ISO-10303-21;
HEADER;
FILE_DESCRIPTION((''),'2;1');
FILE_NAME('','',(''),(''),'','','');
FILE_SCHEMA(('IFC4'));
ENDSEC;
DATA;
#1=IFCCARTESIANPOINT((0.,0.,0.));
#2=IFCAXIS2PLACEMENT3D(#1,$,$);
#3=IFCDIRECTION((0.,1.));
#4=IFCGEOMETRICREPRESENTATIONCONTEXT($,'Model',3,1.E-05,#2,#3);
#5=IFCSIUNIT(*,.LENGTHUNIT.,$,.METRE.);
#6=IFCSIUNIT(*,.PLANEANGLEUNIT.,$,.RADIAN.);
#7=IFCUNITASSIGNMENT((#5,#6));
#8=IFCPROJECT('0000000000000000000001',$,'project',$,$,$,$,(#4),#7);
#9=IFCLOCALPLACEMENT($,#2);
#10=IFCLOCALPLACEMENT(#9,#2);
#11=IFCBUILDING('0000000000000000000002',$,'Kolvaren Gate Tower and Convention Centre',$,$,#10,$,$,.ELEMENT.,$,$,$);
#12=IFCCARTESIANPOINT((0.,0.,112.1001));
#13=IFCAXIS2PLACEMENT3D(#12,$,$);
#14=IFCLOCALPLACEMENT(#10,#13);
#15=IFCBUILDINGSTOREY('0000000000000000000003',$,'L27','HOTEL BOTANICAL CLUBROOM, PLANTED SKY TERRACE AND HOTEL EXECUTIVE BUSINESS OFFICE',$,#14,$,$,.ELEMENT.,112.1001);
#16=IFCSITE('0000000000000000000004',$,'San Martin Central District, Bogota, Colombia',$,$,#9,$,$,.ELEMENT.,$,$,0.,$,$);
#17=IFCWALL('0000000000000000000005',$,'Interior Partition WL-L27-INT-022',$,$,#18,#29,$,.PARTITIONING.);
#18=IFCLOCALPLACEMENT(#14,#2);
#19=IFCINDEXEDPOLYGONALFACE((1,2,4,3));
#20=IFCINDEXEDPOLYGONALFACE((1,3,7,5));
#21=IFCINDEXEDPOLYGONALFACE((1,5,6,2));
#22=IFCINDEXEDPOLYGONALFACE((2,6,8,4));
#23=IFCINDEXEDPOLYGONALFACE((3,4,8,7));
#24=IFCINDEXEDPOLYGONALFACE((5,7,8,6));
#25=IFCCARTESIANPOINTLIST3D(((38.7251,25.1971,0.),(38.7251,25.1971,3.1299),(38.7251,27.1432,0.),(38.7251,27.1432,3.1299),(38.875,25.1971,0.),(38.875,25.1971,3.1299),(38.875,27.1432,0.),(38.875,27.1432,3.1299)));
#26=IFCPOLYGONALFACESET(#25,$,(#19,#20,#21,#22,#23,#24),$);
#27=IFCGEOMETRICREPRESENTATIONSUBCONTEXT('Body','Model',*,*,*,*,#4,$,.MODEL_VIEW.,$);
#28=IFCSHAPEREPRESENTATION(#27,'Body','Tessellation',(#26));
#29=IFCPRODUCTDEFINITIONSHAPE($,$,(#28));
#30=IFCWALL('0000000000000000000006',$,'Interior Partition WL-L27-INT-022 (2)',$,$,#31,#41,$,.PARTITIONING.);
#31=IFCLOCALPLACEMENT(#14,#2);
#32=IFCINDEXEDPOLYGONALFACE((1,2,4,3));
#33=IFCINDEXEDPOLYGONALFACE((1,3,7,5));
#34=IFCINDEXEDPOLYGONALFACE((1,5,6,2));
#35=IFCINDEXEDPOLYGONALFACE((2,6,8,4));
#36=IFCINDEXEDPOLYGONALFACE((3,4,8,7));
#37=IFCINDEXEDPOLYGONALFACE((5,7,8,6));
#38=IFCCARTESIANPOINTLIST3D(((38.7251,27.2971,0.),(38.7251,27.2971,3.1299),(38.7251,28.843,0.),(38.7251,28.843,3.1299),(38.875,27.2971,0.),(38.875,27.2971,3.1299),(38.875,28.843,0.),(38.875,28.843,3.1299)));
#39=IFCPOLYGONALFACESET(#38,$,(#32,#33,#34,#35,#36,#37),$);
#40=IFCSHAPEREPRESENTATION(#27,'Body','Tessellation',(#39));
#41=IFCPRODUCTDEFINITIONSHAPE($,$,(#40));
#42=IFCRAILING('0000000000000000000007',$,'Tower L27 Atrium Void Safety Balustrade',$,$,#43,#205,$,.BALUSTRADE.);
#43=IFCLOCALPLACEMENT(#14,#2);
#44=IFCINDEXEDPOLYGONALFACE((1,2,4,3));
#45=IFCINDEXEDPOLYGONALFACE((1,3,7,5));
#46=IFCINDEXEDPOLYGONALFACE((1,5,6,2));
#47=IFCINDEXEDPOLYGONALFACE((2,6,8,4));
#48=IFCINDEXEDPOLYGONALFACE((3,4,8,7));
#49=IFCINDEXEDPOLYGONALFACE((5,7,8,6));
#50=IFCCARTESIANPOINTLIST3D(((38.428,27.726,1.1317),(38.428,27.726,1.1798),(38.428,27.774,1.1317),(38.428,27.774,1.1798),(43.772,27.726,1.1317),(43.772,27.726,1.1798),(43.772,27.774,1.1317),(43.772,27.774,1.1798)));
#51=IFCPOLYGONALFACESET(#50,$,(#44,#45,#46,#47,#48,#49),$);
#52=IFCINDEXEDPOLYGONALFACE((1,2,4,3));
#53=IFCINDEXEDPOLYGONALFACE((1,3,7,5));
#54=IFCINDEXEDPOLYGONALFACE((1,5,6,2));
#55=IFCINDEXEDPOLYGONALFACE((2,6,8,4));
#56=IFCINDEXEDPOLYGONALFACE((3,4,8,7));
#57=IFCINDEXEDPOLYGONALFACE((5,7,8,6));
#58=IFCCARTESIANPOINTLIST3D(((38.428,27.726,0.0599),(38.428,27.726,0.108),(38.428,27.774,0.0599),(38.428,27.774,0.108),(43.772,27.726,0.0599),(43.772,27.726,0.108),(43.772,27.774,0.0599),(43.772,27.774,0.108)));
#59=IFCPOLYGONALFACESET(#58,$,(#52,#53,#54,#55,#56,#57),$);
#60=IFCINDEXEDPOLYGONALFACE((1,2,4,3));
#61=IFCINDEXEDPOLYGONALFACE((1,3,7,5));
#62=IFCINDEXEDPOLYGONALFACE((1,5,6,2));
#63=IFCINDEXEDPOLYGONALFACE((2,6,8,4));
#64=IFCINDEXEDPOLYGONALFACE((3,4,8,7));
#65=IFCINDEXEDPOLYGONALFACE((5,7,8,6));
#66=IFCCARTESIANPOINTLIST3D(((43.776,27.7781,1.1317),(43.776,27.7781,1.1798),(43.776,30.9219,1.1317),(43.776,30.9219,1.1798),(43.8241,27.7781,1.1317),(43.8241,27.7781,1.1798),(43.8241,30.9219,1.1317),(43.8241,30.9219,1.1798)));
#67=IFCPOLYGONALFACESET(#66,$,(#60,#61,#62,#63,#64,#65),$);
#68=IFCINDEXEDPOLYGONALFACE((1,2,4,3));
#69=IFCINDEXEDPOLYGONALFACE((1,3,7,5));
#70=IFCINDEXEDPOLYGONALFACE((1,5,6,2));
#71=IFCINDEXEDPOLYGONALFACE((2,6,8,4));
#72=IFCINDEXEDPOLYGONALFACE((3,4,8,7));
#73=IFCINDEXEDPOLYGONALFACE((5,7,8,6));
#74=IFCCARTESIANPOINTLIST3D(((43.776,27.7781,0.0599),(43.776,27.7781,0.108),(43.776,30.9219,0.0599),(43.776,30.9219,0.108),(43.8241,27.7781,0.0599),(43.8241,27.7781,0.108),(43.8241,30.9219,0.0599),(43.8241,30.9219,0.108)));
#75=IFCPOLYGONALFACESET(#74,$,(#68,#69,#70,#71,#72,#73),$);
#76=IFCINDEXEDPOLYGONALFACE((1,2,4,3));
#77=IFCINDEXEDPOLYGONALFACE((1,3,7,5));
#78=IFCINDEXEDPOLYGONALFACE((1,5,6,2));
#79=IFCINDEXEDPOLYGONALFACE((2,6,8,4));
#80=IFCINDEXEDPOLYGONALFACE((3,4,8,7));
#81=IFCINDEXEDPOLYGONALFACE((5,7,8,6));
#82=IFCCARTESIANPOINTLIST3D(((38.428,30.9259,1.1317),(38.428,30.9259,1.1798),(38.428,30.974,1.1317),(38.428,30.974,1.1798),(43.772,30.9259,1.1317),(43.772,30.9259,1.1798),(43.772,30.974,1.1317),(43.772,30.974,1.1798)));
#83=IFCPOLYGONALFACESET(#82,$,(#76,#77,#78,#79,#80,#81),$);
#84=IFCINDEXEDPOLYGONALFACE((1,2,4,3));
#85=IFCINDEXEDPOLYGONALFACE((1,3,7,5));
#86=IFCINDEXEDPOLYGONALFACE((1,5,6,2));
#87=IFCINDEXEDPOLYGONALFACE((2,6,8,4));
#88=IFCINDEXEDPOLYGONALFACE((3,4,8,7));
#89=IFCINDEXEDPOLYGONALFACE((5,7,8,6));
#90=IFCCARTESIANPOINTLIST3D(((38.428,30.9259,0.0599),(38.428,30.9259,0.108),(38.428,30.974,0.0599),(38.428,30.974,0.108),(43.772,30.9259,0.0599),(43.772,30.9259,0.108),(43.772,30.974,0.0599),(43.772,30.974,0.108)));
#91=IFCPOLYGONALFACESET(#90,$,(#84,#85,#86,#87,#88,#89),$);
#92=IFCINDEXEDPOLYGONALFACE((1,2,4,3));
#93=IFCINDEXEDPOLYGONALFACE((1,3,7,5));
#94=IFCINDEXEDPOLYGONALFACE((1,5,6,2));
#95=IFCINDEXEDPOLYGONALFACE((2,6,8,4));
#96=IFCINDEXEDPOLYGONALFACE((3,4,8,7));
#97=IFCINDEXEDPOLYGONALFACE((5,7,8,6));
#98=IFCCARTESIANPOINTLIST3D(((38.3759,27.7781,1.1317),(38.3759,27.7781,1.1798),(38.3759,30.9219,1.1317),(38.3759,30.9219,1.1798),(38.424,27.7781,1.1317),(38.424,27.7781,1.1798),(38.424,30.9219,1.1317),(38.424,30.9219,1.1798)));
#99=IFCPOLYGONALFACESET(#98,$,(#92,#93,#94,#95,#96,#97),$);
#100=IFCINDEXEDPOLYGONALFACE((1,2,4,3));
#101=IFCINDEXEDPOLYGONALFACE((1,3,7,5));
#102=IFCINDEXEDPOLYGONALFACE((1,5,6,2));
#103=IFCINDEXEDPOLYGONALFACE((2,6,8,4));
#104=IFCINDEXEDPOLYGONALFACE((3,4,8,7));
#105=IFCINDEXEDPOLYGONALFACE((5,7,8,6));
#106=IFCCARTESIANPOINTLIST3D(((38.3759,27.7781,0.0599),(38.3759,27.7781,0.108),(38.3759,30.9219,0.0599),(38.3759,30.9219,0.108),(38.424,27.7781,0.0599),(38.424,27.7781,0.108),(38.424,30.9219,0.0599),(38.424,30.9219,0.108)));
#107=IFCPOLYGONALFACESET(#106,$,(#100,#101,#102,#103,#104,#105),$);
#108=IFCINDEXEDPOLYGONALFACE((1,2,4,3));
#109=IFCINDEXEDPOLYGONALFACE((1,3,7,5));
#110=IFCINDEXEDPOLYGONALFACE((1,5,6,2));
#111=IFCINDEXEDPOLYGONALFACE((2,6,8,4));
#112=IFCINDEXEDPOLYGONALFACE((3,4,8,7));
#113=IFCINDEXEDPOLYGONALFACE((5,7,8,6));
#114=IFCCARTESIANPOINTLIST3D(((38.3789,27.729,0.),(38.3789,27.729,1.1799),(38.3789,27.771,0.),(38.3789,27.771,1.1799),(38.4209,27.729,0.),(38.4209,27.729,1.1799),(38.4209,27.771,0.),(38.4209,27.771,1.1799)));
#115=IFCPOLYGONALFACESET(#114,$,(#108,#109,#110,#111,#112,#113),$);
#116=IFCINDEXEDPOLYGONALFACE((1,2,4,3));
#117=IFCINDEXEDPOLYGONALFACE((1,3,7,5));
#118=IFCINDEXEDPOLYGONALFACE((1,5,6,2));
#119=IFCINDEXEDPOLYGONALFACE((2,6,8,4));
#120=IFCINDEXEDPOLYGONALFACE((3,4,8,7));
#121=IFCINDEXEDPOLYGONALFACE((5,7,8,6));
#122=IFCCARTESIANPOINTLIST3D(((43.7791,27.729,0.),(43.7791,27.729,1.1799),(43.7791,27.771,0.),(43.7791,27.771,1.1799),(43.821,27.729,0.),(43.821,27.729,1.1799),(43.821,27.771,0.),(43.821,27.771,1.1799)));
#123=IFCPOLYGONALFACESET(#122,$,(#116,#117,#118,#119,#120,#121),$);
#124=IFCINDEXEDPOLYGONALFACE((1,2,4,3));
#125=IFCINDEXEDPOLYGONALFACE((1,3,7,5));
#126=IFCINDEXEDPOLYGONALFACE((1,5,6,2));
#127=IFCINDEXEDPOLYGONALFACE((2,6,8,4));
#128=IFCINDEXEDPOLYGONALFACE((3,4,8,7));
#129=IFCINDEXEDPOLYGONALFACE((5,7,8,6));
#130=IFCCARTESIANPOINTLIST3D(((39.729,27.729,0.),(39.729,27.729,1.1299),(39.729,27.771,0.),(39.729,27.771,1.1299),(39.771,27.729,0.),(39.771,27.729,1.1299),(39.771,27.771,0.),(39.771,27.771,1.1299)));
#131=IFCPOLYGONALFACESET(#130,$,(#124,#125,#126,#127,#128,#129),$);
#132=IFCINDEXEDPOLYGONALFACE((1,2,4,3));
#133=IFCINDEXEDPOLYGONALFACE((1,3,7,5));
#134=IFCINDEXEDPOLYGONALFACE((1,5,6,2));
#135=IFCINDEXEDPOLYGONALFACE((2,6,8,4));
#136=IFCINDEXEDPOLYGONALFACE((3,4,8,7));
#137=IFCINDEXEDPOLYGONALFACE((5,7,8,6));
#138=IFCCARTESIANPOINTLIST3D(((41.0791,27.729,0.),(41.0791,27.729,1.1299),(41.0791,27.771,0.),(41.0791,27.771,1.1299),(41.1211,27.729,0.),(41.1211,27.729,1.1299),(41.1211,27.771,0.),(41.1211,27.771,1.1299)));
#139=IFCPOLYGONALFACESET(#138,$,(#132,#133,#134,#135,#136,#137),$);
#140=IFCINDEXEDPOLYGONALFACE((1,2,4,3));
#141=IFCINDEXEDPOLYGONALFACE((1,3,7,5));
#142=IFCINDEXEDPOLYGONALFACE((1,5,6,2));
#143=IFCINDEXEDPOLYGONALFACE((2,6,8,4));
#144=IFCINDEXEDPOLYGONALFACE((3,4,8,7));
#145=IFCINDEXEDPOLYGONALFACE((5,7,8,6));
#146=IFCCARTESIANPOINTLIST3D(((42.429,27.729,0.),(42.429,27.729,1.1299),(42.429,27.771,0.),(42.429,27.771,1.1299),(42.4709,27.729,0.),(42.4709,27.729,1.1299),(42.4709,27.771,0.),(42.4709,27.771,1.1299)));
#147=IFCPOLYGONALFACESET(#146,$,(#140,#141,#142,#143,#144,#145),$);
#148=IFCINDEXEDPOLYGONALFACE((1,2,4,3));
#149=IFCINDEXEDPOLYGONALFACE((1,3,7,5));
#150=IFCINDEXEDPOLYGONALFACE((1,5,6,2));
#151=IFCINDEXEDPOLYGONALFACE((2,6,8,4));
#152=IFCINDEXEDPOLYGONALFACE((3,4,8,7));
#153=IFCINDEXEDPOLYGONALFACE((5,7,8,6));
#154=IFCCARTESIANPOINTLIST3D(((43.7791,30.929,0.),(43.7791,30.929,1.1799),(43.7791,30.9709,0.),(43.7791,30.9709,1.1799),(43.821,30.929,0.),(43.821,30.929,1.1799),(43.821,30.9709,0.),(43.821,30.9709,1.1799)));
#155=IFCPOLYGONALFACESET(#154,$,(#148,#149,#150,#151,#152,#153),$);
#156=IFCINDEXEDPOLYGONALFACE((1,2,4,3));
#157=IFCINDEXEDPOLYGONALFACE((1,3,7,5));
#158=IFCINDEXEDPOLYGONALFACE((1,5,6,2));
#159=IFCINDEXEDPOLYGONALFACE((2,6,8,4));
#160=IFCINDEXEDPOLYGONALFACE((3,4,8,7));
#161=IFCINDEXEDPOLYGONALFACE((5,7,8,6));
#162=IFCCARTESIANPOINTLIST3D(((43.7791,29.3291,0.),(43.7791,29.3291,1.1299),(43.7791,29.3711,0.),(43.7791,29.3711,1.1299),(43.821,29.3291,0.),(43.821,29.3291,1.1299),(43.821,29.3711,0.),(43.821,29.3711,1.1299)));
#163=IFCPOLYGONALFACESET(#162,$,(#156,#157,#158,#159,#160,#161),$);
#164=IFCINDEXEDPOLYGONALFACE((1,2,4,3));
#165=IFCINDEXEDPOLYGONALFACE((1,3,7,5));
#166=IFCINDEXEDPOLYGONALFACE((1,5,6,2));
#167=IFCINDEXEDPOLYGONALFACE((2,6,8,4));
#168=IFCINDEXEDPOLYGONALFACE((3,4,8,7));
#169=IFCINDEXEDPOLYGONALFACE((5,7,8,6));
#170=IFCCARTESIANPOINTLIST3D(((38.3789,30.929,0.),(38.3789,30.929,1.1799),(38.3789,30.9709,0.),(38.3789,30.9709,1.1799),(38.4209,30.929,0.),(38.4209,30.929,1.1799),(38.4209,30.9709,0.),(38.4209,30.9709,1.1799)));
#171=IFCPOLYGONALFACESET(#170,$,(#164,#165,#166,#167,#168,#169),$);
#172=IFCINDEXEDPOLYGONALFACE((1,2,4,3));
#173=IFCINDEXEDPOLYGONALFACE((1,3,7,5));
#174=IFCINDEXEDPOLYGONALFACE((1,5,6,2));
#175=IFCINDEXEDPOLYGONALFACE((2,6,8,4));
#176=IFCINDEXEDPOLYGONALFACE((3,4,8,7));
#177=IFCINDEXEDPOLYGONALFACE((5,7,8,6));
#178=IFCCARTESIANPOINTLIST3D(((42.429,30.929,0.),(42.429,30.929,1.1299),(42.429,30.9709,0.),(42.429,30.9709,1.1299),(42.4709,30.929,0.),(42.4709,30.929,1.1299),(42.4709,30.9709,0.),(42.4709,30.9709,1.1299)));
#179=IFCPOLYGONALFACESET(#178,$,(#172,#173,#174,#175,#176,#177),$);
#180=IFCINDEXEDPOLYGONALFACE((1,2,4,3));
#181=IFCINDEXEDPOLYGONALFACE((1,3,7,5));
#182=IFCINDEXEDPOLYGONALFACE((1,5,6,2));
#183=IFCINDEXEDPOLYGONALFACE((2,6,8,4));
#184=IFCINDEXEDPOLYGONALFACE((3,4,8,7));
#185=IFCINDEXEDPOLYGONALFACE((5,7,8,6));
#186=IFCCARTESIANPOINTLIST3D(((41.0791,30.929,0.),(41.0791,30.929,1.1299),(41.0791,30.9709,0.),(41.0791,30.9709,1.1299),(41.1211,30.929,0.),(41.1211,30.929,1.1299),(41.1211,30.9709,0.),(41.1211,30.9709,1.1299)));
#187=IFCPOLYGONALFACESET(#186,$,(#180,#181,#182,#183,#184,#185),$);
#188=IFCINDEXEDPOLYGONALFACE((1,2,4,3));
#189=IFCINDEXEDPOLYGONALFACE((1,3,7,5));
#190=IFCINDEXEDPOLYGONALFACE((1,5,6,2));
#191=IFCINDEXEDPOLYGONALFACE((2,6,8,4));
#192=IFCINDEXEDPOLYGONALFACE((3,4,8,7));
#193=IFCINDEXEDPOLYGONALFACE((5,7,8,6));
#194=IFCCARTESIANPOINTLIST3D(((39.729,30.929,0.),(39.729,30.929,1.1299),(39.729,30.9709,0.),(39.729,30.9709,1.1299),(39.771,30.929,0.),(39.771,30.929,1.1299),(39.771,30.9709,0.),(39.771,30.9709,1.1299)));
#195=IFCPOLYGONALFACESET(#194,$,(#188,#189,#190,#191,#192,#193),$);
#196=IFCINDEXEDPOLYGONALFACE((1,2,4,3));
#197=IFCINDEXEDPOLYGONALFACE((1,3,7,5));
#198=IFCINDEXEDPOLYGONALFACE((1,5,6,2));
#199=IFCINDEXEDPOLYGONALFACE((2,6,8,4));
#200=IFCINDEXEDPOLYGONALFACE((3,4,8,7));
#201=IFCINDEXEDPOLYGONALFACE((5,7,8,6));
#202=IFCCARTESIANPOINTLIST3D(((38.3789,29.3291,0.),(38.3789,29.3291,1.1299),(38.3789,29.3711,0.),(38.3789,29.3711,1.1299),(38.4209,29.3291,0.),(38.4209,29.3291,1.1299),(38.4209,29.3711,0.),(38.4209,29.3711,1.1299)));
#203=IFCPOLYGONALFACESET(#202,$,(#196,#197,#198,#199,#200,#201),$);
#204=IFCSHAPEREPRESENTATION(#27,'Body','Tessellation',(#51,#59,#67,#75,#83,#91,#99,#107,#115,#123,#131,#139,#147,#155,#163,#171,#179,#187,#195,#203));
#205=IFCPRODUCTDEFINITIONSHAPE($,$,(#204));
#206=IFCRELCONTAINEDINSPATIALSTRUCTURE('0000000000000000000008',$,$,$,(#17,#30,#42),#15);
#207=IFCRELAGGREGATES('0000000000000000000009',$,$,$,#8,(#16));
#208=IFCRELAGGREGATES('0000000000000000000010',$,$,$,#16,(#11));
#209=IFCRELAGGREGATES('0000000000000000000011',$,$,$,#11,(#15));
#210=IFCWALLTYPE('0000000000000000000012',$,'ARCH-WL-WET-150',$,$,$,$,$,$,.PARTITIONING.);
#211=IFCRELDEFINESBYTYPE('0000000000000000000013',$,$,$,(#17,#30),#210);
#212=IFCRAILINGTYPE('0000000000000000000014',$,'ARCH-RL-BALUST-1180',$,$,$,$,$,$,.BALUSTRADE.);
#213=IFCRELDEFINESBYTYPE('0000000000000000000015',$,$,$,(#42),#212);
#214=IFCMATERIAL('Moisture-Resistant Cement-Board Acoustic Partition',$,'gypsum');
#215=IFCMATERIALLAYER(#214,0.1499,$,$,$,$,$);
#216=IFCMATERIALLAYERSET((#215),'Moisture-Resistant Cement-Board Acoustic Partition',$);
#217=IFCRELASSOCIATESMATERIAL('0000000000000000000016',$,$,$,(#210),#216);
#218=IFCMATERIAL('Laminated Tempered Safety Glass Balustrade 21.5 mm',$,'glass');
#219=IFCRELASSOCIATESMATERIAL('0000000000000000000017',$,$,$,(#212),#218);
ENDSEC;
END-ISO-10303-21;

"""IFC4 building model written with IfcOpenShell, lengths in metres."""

from ifc_helpers import new_model, si_unit, direction, frame, frame_2d, origin, origin_2d, place, context, subcontext, project, spatial, rectangle, extrude, material, layer, layer_set, type_object, element, save


model = new_model("IFC4")

# Units and contexts
model_context = context("Model", 3, precision=1e-05, world=origin(), true_north=direction((0.0, 1.0)))
body_context = subcontext(model_context, "Body", "Model", "MODEL_VIEW")
ifc_project = project(units=[si_unit("LENGTHUNIT", "METRE"), si_unit("PLANEANGLEUNIT", "RADIAN")], contexts=[model_context])

# Site, building, storey
site_placement = place(None, origin())
site = spatial("IfcSite", under=ifc_project, at=site_placement, Name="San Martin Central District, Bogota, Colombia", CompositionType="ELEMENT", RefElevation=0.0)
building_placement = place(site_placement, origin())
building = spatial("IfcBuilding", under=site, at=building_placement, Name="Kolvaren Gate Tower and Convention Centre", CompositionType="ELEMENT")
storey_placement = place(building_placement, frame((0.0, 0.0, 112.1001)))
storey = spatial("IfcBuildingStorey", under=building, at=storey_placement, Name="L27", Description="HOTEL BOTANICAL CLUBROOM, PLANTED SKY TERRACE AND HOTEL EXECUTIVE BUSINESS OFFICE", CompositionType="ELEMENT", Elevation=112.1001)

# Shared definitions
ifc_material_1 = material(Name="Moisture-Resistant Cement-Board Acoustic Partition", Category="gypsum")
ifc_layer_1 = layer(ifc_material_1, 0.1499)
ifc_layer_set_1 = layer_set([ifc_layer_1], Name="Moisture-Resistant Cement-Board Acoustic Partition")
wall_type_1 = type_object("IfcWallType", Name="ARCH-WL-WET-150", PredefinedType="PARTITIONING", material=ifc_layer_set_1)

# Walls
wall_1_placement = place(storey_placement, frame((38.8, 25.197, 0.0), z_axis=(0.0, 0.0, 1.0), x_axis=(0.0, 1.0, 0.0)))
element("IfcWall", 1, at=wall_1_placement, inside=storey, type_object=wall_type_1, Name="Interior Partition WL-L27-INT-022", PredefinedType="PARTITIONING", context=body_context, shape_type="SweptSolid", body=[
    extrude(rectangle(XDim=1.946, YDim=0.1499, at=frame_2d((0.9731, 0.0))), origin(), (0.0, 0.0, 1.0), 3.1299),
])
wall_2_placement = place(storey_placement, frame((38.8, 27.2971, 0.0), z_axis=(0.0, 0.0, 1.0), x_axis=(0.0, 1.0, 0.0)))
element("IfcWall", 2, at=wall_2_placement, inside=storey, type_object=wall_type_1, Name="Interior Partition WL-L27-INT-022 (2)", PredefinedType="PARTITIONING", context=body_context, shape_type="SweptSolid", body=[
    extrude(rectangle(XDim=1.5459, YDim=0.1499, at=frame_2d((0.7729, 0.0))), origin(), (0.0, 0.0, 1.0), 3.1299),
])

# Railing
ifc_material_2 = material(Name="Laminated Tempered Safety Glass Balustrade 21.5 mm", Category="glass")
railing_type = type_object("IfcRailingType", Name="ARCH-RL-BALUST-1180", PredefinedType="BALUSTRADE", material=ifc_material_2)
railing_placement = place(storey_placement, frame((38.3999, 27.75, 0.0)))
element("IfcRailing", 3, at=railing_placement, inside=storey, type_object=railing_type, Name="Tower L27 Atrium Void Safety Balustrade", PredefinedType="BALUSTRADE", context=body_context, shape_type="SweptSolid", body=[
    extrude(rectangle(XDim=0.0481, YDim=0.0481, at=origin_2d()), frame((0.0281, 0.0, 1.1558), z_axis=(1.0, 0.0, 0.0), x_axis=(0.0, 1.0, 0.0)), (0.0, 0.0, 1.0), 5.344),
    extrude(rectangle(XDim=0.0481, YDim=0.0481, at=origin_2d()), frame((0.0281, 0.0, 0.084), z_axis=(1.0, 0.0, 0.0), x_axis=(0.0, 1.0, 0.0)), (0.0, 0.0, 1.0), 5.344),
    extrude(rectangle(XDim=0.0481, YDim=0.0481, at=origin_2d()), frame((5.4001, 0.0281, 1.1558), z_axis=(0.0, 1.0, 0.0), x_axis=(-1.0, 0.0, 0.0)), (0.0, 0.0, 1.0), 3.1438),
    extrude(rectangle(XDim=0.0481, YDim=0.0481, at=origin_2d()), frame((5.4001, 0.0281, 0.084), z_axis=(0.0, 1.0, 0.0), x_axis=(-1.0, 0.0, 0.0)), (0.0, 0.0, 1.0), 3.1438),
    extrude(rectangle(XDim=0.0481, YDim=0.0481, at=origin_2d()), frame((5.3721, 3.2, 1.1558), z_axis=(-1.0, 0.0, 0.0), x_axis=(0.0, -1.0, 0.0)), (0.0, 0.0, 1.0), 5.344),
    extrude(rectangle(XDim=0.0481, YDim=0.0481, at=origin_2d()), frame((5.3721, 3.2, 0.084), z_axis=(-1.0, 0.0, 0.0), x_axis=(0.0, -1.0, 0.0)), (0.0, 0.0, 1.0), 5.344),
    extrude(rectangle(XDim=0.0481, YDim=0.0481, at=origin_2d()), frame((0.0, 3.1719, 1.1558), z_axis=(0.0, -1.0, 0.0), x_axis=(1.0, 0.0, 0.0)), (0.0, 0.0, 1.0), 3.1438),
    extrude(rectangle(XDim=0.0481, YDim=0.0481, at=origin_2d()), frame((0.0, 3.1719, 0.084), z_axis=(0.0, -1.0, 0.0), x_axis=(1.0, 0.0, 0.0)), (0.0, 0.0, 1.0), 3.1438),
    extrude(rectangle(XDim=0.042, YDim=0.042, at=origin_2d()), origin(), (0.0, 0.0, 1.0), 1.1799),
    extrude(rectangle(XDim=0.042, YDim=0.042, at=origin_2d()), frame((5.4001, 0.0, 0.0)), (0.0, 0.0, 1.0), 1.1799),
    extrude(rectangle(XDim=0.042, YDim=0.042, at=origin_2d()), frame((1.3501, 0.0, 0.0)), (0.0, 0.0, 1.0), 1.1299),
    extrude(rectangle(XDim=0.042, YDim=0.042, at=origin_2d()), frame((2.7002, 0.0, 0.0)), (0.0, 0.0, 1.0), 1.1299),
    extrude(rectangle(XDim=0.042, YDim=0.042, at=origin_2d()), frame((4.05, 0.0, 0.0)), (0.0, 0.0, 1.0), 1.1299),
    extrude(rectangle(XDim=0.042, YDim=0.042, at=origin_2d()), frame((5.4001, 3.2, 0.0)), (0.0, 0.0, 1.0), 1.1799),
    extrude(rectangle(XDim=0.042, YDim=0.042, at=origin_2d()), frame((5.4001, 1.6001, 0.0)), (0.0, 0.0, 1.0), 1.1299),
    extrude(rectangle(XDim=0.042, YDim=0.042, at=origin_2d()), frame((0.0, 3.2, 0.0)), (0.0, 0.0, 1.0), 1.1799),
    extrude(rectangle(XDim=0.042, YDim=0.042, at=origin_2d()), frame((4.05, 3.2, 0.0)), (0.0, 0.0, 1.0), 1.1299),
    extrude(rectangle(XDim=0.042, YDim=0.042, at=origin_2d()), frame((2.7002, 3.2, 0.0)), (0.0, 0.0, 1.0), 1.1299),
    extrude(rectangle(XDim=0.042, YDim=0.042, at=origin_2d()), frame((1.3501, 3.2, 0.0)), (0.0, 0.0, 1.0), 1.1299),
    extrude(rectangle(XDim=0.042, YDim=0.042, at=origin_2d()), frame((0.0, 1.6001, 0.0)), (0.0, 0.0, 1.0), 1.1299),
])

save(model, "model.ifc")
